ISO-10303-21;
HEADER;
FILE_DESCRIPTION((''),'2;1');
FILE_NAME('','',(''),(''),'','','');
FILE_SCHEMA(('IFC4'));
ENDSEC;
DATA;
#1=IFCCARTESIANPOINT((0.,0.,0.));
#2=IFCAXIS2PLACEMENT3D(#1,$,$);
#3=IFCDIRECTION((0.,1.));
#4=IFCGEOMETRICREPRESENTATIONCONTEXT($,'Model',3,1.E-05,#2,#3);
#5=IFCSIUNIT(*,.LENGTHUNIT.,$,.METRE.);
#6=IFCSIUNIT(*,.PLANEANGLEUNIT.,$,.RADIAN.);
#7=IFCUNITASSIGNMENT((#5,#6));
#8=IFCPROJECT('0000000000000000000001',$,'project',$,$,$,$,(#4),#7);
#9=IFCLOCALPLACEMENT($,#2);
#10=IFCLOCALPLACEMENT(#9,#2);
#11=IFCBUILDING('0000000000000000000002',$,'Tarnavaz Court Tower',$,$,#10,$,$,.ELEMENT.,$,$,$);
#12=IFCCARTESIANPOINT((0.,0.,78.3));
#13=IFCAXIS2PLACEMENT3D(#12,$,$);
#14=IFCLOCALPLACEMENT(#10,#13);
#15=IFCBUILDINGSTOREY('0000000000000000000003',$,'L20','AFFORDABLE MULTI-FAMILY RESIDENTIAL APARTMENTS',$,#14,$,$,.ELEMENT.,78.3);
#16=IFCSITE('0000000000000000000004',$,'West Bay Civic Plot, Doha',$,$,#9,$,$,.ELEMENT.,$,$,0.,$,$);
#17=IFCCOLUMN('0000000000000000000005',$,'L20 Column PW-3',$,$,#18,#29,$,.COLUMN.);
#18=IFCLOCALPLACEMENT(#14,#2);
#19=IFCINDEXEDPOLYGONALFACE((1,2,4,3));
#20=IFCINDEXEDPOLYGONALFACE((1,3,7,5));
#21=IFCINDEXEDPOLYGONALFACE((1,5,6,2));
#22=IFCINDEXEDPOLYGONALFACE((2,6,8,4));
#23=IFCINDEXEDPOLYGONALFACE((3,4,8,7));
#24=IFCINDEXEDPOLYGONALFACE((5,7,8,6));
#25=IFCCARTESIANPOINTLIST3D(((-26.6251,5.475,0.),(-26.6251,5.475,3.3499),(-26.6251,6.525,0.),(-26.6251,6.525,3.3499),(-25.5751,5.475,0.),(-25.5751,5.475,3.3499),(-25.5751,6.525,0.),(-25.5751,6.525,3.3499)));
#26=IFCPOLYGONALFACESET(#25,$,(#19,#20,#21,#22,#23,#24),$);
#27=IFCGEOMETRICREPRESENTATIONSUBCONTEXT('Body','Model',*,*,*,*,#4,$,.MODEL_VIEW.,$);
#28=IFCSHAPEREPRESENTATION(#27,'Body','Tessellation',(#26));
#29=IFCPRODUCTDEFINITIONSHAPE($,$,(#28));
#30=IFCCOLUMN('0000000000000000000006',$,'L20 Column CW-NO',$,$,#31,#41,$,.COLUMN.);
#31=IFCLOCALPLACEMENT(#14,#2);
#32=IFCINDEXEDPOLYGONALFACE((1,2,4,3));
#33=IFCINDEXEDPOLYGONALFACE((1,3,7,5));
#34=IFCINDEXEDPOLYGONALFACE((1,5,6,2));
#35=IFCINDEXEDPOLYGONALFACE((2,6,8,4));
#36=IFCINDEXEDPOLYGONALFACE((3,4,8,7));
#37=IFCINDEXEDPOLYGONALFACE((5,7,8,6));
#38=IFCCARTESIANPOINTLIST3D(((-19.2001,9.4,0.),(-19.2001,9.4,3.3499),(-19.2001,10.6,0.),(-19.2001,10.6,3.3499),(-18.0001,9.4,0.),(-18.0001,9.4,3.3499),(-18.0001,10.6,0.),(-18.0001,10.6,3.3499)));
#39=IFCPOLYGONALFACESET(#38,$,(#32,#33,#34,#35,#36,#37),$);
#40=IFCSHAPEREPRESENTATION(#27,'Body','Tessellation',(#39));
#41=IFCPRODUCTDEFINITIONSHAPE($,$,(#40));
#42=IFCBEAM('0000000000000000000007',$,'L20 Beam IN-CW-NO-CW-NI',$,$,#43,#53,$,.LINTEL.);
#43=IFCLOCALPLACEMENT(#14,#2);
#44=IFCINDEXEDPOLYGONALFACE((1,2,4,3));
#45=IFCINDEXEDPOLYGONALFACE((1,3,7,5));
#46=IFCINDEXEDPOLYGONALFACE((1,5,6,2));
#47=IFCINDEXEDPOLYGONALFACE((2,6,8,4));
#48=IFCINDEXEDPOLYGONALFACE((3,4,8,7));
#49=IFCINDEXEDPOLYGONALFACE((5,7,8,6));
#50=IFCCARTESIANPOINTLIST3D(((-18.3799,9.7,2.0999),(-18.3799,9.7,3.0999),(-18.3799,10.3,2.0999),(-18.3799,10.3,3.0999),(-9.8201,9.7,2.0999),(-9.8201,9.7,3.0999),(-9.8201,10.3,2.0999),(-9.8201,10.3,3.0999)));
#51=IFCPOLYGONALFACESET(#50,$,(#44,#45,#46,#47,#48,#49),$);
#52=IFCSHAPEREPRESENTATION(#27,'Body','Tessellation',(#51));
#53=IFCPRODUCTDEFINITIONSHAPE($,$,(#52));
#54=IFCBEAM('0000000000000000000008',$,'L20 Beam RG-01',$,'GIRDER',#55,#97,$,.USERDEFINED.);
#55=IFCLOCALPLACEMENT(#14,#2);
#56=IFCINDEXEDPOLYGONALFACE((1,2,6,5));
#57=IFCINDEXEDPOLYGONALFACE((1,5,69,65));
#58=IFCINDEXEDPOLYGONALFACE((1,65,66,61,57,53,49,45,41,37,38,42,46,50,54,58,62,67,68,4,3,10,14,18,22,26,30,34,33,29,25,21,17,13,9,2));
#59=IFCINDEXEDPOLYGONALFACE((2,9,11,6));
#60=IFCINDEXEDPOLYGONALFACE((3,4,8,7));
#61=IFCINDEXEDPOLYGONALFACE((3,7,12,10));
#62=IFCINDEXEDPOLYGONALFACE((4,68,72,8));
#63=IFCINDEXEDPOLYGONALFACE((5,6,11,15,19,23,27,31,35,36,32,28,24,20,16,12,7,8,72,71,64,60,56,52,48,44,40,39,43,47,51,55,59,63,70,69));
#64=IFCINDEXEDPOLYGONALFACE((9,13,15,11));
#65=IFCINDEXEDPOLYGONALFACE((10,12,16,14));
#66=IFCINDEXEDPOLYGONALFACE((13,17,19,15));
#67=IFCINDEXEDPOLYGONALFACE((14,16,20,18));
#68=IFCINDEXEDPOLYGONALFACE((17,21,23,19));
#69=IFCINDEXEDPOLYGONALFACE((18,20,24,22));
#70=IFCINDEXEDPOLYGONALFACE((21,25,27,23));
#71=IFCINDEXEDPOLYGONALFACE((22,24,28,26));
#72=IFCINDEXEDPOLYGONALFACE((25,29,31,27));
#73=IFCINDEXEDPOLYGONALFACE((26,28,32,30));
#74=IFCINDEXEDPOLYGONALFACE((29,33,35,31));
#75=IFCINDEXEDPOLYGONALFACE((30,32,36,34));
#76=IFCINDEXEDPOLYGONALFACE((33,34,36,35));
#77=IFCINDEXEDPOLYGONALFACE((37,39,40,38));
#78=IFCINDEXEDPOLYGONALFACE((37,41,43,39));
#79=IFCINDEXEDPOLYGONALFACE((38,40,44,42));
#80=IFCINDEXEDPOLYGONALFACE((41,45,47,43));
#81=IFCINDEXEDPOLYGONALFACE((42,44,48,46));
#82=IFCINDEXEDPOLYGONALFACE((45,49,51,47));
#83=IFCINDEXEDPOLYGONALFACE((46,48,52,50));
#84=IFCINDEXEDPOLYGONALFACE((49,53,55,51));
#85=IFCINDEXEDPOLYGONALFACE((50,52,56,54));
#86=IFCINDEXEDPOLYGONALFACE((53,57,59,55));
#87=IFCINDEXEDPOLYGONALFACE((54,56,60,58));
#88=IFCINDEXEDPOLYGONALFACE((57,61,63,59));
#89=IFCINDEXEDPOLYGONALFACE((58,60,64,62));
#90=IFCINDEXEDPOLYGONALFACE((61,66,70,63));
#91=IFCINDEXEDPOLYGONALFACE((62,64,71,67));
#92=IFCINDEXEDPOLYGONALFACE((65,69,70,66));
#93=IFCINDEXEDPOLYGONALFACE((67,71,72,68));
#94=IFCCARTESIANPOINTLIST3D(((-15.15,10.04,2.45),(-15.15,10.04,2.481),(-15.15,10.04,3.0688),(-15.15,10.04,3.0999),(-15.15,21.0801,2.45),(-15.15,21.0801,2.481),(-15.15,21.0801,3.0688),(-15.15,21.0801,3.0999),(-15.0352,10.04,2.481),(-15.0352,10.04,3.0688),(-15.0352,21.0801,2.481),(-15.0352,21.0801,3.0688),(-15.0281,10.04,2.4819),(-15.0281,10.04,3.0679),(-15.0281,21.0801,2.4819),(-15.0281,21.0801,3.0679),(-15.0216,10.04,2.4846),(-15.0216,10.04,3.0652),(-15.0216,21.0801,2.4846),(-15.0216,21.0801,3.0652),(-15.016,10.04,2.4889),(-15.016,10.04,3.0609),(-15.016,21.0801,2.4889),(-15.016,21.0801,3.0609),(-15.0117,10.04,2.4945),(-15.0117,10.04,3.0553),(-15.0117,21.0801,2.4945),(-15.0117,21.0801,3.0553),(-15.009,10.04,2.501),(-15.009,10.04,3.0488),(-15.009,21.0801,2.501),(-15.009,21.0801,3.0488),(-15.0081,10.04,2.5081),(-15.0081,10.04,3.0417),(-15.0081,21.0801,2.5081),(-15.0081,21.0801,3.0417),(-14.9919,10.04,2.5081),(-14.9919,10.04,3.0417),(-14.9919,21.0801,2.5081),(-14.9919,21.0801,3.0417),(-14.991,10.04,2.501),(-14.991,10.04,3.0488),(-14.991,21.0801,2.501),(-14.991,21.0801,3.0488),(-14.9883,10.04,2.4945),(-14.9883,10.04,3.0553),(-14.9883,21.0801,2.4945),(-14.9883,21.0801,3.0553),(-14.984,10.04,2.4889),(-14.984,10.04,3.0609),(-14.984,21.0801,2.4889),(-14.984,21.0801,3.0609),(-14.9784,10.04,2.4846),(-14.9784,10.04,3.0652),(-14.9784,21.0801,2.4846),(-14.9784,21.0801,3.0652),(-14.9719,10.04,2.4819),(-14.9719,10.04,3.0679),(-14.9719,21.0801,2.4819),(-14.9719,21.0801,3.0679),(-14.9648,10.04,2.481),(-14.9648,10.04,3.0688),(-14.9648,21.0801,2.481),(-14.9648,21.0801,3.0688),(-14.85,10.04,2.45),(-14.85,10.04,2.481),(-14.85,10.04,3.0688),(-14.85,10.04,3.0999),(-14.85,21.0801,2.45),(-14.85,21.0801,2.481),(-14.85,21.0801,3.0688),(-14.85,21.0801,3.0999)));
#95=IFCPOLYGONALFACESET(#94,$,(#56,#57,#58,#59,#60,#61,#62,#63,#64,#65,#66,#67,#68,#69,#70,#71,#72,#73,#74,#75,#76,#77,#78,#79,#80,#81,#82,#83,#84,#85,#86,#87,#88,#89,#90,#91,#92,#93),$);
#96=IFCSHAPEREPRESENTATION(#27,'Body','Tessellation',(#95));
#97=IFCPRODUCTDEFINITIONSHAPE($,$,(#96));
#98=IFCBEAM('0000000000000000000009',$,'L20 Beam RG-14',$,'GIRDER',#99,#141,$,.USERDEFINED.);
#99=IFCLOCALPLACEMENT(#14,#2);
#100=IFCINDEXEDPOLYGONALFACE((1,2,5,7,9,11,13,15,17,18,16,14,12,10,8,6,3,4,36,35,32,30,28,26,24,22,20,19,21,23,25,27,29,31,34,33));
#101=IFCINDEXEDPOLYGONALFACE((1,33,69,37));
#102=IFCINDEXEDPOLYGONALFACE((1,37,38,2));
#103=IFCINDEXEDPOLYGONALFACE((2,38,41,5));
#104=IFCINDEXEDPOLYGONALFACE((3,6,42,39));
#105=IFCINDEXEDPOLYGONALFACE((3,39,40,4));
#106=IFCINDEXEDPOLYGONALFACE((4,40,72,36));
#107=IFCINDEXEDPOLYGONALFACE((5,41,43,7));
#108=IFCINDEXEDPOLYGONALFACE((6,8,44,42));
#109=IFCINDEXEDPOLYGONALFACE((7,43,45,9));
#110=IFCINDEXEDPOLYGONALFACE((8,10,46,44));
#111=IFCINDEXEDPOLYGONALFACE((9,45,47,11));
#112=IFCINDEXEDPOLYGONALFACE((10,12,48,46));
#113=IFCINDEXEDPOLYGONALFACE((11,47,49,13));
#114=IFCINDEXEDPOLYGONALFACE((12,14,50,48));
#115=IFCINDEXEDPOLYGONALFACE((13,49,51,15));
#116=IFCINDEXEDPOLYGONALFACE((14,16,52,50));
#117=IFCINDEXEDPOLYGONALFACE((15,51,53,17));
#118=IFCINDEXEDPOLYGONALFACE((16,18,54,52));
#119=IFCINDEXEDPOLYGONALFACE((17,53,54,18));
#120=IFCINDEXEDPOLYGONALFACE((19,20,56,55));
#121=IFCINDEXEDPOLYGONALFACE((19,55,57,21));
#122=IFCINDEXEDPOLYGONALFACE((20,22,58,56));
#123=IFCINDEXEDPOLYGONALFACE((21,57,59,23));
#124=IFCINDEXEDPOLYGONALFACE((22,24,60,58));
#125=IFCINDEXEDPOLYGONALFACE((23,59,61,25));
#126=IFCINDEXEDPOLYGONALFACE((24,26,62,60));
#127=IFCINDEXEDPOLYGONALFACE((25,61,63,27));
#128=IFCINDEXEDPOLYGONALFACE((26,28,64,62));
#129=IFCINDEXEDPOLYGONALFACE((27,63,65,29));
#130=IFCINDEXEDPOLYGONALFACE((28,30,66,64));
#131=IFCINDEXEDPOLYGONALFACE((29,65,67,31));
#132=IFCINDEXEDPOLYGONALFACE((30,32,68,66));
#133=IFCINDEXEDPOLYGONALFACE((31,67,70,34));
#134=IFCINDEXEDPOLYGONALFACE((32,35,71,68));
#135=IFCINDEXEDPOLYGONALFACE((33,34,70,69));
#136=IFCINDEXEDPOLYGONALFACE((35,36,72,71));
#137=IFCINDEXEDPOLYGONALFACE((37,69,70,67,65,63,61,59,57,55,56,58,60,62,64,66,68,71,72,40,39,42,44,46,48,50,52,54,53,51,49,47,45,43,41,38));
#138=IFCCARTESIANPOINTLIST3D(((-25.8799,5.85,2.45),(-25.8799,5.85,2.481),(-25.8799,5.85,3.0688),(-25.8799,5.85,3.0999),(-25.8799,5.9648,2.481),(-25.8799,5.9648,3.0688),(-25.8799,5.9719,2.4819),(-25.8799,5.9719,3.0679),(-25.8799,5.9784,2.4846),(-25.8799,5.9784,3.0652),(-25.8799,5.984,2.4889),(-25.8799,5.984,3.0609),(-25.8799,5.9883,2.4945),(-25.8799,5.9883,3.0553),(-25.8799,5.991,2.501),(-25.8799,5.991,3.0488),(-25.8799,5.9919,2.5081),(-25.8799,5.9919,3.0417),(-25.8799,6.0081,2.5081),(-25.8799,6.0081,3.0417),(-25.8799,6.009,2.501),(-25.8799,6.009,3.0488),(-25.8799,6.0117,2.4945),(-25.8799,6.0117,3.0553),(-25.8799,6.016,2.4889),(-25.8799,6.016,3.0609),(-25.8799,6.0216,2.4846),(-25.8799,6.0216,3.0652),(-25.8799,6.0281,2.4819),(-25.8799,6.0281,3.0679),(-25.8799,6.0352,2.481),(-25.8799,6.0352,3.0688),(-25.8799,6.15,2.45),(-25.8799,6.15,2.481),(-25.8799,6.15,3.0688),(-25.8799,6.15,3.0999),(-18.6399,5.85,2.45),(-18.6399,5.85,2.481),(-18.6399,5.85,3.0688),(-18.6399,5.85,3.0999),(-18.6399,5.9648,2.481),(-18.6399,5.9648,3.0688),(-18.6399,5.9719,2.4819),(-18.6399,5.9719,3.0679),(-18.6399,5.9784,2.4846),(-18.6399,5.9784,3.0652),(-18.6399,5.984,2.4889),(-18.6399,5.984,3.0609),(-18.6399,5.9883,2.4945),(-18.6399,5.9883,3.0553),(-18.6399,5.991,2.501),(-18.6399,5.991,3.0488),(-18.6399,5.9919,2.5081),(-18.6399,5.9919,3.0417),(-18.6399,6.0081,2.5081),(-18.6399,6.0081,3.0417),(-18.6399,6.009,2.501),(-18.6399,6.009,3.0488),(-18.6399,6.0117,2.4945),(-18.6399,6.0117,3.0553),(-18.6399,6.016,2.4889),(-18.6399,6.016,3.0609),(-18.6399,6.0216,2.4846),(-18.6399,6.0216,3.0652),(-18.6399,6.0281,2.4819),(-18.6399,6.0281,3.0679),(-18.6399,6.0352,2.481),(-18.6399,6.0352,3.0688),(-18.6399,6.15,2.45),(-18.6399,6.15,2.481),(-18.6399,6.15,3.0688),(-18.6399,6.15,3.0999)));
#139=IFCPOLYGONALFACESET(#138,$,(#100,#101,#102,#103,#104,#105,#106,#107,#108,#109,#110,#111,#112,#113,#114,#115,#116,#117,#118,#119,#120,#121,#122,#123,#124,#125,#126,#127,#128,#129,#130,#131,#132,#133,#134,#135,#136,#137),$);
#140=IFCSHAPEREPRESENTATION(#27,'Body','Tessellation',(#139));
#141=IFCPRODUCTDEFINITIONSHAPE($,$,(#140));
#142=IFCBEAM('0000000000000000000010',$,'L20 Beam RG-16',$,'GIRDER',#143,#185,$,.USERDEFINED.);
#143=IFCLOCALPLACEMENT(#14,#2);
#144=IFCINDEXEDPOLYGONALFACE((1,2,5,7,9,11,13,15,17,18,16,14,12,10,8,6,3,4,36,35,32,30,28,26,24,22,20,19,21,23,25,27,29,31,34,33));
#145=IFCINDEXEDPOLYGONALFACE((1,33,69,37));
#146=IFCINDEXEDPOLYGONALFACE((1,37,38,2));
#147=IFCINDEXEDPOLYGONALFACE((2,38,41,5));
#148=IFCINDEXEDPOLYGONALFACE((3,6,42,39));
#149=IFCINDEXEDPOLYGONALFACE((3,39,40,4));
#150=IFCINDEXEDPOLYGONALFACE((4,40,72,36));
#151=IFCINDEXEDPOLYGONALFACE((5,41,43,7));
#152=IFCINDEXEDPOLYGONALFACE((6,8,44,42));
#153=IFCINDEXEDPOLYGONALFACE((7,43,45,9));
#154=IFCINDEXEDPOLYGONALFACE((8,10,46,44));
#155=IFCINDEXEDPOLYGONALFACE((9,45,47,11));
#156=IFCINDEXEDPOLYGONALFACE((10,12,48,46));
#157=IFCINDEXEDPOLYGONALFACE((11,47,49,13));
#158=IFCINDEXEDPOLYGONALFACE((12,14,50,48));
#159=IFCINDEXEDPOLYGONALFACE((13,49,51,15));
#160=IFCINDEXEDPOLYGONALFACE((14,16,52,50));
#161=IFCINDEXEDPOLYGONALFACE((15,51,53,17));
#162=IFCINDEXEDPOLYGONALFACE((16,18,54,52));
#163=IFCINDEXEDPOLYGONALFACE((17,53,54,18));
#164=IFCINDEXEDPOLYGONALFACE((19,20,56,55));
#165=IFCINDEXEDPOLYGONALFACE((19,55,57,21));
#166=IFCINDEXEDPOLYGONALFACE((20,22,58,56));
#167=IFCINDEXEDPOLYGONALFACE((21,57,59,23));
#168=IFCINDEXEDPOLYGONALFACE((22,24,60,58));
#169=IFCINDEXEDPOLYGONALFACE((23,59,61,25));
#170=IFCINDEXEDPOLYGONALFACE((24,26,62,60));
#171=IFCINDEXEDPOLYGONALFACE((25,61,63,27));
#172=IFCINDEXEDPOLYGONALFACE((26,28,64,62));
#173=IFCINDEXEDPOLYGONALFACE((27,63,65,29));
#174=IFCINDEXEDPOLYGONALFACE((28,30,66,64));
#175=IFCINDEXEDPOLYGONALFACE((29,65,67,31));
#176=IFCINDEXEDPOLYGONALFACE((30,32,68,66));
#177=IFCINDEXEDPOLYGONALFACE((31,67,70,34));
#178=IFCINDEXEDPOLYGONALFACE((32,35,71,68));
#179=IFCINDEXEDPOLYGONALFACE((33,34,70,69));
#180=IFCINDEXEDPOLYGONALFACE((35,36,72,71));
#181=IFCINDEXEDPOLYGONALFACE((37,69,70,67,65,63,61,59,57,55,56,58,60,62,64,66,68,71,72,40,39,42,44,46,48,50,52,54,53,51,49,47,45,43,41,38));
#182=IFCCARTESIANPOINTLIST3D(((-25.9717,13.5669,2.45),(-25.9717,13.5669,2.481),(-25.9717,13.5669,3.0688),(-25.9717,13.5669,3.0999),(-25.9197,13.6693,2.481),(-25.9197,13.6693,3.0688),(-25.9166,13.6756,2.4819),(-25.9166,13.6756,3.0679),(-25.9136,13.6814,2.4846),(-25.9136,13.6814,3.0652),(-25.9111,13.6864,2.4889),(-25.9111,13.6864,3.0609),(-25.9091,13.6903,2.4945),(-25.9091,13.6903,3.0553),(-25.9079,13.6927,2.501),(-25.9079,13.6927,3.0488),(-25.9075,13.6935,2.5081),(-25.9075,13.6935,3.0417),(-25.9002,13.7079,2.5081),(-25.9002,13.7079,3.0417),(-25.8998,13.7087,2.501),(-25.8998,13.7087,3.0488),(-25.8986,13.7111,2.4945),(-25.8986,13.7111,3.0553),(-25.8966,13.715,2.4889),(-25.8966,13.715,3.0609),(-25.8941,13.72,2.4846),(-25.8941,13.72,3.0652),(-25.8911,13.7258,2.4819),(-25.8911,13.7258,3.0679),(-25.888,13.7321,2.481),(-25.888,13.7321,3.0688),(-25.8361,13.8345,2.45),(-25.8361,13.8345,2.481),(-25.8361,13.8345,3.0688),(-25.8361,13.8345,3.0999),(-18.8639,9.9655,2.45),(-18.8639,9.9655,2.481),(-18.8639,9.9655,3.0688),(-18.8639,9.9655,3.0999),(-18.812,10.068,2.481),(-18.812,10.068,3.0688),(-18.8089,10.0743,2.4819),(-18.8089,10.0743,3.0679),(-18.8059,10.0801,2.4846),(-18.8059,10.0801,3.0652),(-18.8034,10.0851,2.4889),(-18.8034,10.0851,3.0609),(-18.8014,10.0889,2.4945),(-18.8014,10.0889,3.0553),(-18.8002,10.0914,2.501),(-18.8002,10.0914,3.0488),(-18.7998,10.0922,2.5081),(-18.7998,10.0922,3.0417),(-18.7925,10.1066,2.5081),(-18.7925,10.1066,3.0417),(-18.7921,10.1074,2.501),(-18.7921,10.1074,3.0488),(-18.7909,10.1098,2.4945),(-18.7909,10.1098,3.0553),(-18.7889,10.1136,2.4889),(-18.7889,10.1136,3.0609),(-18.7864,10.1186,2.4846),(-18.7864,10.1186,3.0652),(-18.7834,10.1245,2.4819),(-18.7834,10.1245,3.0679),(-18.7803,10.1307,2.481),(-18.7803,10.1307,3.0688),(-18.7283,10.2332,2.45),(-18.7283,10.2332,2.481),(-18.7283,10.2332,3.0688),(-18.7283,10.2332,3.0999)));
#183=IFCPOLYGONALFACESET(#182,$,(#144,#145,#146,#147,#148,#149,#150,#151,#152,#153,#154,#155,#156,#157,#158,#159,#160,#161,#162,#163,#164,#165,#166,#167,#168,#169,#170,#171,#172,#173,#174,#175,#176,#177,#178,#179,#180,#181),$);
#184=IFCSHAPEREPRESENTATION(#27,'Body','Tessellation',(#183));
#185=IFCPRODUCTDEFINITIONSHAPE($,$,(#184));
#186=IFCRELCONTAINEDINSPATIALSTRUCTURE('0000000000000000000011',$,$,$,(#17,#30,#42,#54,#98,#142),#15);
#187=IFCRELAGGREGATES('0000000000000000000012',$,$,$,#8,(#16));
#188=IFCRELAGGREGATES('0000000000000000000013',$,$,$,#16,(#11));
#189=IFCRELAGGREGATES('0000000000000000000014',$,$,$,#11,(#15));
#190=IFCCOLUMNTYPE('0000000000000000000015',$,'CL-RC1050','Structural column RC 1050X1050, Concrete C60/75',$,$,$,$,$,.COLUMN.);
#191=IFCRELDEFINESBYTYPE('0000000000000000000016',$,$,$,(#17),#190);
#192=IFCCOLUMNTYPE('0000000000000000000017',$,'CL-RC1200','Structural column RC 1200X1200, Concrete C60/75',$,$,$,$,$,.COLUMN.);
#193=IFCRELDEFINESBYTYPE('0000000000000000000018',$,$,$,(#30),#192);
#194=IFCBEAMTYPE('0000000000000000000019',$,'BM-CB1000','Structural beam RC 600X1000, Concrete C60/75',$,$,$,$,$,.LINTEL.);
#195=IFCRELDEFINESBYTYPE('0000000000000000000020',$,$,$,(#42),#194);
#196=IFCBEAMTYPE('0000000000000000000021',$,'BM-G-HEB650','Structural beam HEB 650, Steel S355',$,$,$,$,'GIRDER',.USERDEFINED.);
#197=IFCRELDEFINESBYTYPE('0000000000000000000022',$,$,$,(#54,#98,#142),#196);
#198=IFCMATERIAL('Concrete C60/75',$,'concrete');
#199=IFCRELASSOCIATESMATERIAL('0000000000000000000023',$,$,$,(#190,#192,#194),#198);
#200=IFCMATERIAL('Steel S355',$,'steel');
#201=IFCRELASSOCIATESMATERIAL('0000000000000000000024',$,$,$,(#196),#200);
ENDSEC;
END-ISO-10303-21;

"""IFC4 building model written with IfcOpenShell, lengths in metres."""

from ifc_helpers import new_model, si_unit, direction, frame, origin, origin_2d, place, context, subcontext, project, spatial, rectangle, i_section, extrude, material, material_profile, profile_set, type_object, element, save


model = new_model("IFC4")

# Units and contexts
model_context = context("Model", 3, precision=1e-05, world=origin(), true_north=direction((0.0, 1.0)))
body_context = subcontext(model_context, "Body", "Model", "MODEL_VIEW")
ifc_project = project(units=[si_unit("LENGTHUNIT", "METRE"), si_unit("PLANEANGLEUNIT", "RADIAN")], contexts=[model_context])

# Site, building, storey
site_placement = place(None, origin())
site = spatial("IfcSite", under=ifc_project, at=site_placement, Name="West Bay Civic Plot, Doha", CompositionType="ELEMENT", RefElevation=0.0)
building_placement = place(site_placement, origin())
building = spatial("IfcBuilding", under=site, at=building_placement, Name="Tarnavaz Court Tower", CompositionType="ELEMENT")
storey_placement = place(building_placement, frame((0.0, 0.0, 78.3)))
storey = spatial("IfcBuildingStorey", under=building, at=storey_placement, Name="L20", Description="AFFORDABLE MULTI-FAMILY RESIDENTIAL APARTMENTS", CompositionType="ELEMENT", Elevation=78.3)

# Columns
ifc_material_1 = material(Name="Concrete C60/75", Category="concrete")
ifc_material_profile_1 = material_profile(ifc_material_1, rectangle(XDim=1.05, YDim=1.05, at=origin_2d()), Name="RC 1050X1050")
ifc_profile_set_1 = profile_set([ifc_material_profile_1], Name="Concrete C60/75")
column_type_1 = type_object("IfcColumnType", Name="CL-RC1050", Description="Structural column RC 1050X1050, Concrete C60/75", PredefinedType="COLUMN", material=ifc_profile_set_1)
column_1_placement = place(storey_placement, frame((-26.1001, 6.0, 0.0), z_axis=(0.0, 0.0, 1.0), x_axis=(1.0, 0.0, 0.0)))
element("IfcColumn", 1, at=column_1_placement, inside=storey, type_object=column_type_1, Name="L20 Column PW-3", PredefinedType="COLUMN", context=body_context, shape_type="SweptSolid", body=[
    extrude(rectangle(XDim=1.05, YDim=1.05, at=origin_2d()), origin(), (0.0, 0.0, 1.0), 3.3499),
])
ifc_material_profile_2 = material_profile(ifc_material_1, rectangle(XDim=1.2, YDim=1.2, at=origin_2d()), Name="RC 1200X1200")
ifc_profile_set_2 = profile_set([ifc_material_profile_2], Name="Concrete C60/75")
column_type_2 = type_object("IfcColumnType", Name="CL-RC1200", Description="Structural column RC 1200X1200, Concrete C60/75", PredefinedType="COLUMN", material=ifc_profile_set_2)
column_2_placement = place(storey_placement, frame((-18.6001, 10.0, 0.0), z_axis=(0.0, 0.0, 1.0), x_axis=(1.0, 0.0, 0.0)))
element("IfcColumn", 2, at=column_2_placement, inside=storey, type_object=column_type_2, Name="L20 Column CW-NO", PredefinedType="COLUMN", context=body_context, shape_type="SweptSolid", body=[
    extrude(rectangle(XDim=1.2, YDim=1.2, at=origin_2d()), origin(), (0.0, 0.0, 1.0), 3.3499),
])

# Beams
ifc_material_profile_3 = material_profile(ifc_material_1, rectangle(XDim=0.6001, YDim=1.0, at=origin_2d()), Name="RC 600X1000")
ifc_profile_set_3 = profile_set([ifc_material_profile_3], Name="Concrete C60/75")
beam_type_1 = type_object("IfcBeamType", Name="BM-CB1000", Description="Structural beam RC 600X1000, Concrete C60/75", PredefinedType="LINTEL", material=ifc_profile_set_3)
beam_1_placement = place(storey_placement, frame((-18.3799, 10.0, 2.5999), z_axis=(1.0, 0.0, 0.0), x_axis=(0.0, 1.0, 0.0)))
element("IfcBeam", 3, at=beam_1_placement, inside=storey, type_object=beam_type_1, Name="L20 Beam IN-CW-NO-CW-NI", PredefinedType="LINTEL", context=body_context, shape_type="SweptSolid", body=[
    extrude(rectangle(XDim=0.6001, YDim=1.0, at=origin_2d()), origin(), (0.0, 0.0, 1.0), 8.5598),
])
ifc_material_2 = material(Name="Steel S355", Category="steel")
ifc_material_profile_4 = material_profile(ifc_material_2, i_section(OverallWidth=0.3, OverallDepth=0.6499, WebThickness=0.0161, FlangeThickness=0.031, FilletRadius=0.0271, at=origin_2d()), Name="HEB 650")
ifc_profile_set_4 = profile_set([ifc_material_profile_4], Name="Steel S355")
beam_type_2 = type_object("IfcBeamType", Name="BM-G-HEB650", Description="Structural beam HEB 650, Steel S355", ElementType="GIRDER", PredefinedType="USERDEFINED", material=ifc_profile_set_4)
beam_2_placement = place(storey_placement, frame((-15.0, 10.04, 2.7749), z_axis=(0.0, 1.0, 0.0), x_axis=(-1.0, 0.0, 0.0)))
element("IfcBeam", 4, at=beam_2_placement, inside=storey, type_object=beam_type_2, Name="L20 Beam RG-01", ObjectType="GIRDER", PredefinedType="USERDEFINED", context=body_context, shape_type="SweptSolid", body=[
    extrude(i_section(OverallWidth=0.3, OverallDepth=0.6499, WebThickness=0.0161, FlangeThickness=0.031, FilletRadius=0.0271, at=origin_2d()), origin(), (0.0, 0.0, 1.0), 11.04),
])
beam_3_placement = place(storey_placement, frame((-18.6399, 6.0, 2.7749), z_axis=(-1.0, 0.0, 0.0), x_axis=(0.0, -1.0, 0.0)))
element("IfcBeam", 5, at=beam_3_placement, inside=storey, type_object=beam_type_2, Name="L20 Beam RG-14", ObjectType="GIRDER", PredefinedType="USERDEFINED", context=body_context, shape_type="SweptSolid", body=[
    extrude(i_section(OverallWidth=0.3, OverallDepth=0.6499, WebThickness=0.0161, FlangeThickness=0.031, FilletRadius=0.0271, at=origin_2d()), origin(), (0.0, 0.0, 1.0), 7.24),
])
beam_4_placement = place(storey_placement, frame((-18.7961, 10.0994, 2.7749), z_axis=(-0.892031, 0.451975, 0.0), x_axis=(-0.451975, -0.892031, 0.0)))
element("IfcBeam", 6, at=beam_4_placement, inside=storey, type_object=beam_type_2, Name="L20 Beam RG-16", ObjectType="GIRDER", PredefinedType="USERDEFINED", context=body_context, shape_type="SweptSolid", body=[
    extrude(i_section(OverallWidth=0.3, OverallDepth=0.6499, WebThickness=0.0161, FlangeThickness=0.031, FilletRadius=0.0271, at=origin_2d()), origin(), (0.0, 0.0, 1.0), 7.968),
])

save(model, "model.ifc")
